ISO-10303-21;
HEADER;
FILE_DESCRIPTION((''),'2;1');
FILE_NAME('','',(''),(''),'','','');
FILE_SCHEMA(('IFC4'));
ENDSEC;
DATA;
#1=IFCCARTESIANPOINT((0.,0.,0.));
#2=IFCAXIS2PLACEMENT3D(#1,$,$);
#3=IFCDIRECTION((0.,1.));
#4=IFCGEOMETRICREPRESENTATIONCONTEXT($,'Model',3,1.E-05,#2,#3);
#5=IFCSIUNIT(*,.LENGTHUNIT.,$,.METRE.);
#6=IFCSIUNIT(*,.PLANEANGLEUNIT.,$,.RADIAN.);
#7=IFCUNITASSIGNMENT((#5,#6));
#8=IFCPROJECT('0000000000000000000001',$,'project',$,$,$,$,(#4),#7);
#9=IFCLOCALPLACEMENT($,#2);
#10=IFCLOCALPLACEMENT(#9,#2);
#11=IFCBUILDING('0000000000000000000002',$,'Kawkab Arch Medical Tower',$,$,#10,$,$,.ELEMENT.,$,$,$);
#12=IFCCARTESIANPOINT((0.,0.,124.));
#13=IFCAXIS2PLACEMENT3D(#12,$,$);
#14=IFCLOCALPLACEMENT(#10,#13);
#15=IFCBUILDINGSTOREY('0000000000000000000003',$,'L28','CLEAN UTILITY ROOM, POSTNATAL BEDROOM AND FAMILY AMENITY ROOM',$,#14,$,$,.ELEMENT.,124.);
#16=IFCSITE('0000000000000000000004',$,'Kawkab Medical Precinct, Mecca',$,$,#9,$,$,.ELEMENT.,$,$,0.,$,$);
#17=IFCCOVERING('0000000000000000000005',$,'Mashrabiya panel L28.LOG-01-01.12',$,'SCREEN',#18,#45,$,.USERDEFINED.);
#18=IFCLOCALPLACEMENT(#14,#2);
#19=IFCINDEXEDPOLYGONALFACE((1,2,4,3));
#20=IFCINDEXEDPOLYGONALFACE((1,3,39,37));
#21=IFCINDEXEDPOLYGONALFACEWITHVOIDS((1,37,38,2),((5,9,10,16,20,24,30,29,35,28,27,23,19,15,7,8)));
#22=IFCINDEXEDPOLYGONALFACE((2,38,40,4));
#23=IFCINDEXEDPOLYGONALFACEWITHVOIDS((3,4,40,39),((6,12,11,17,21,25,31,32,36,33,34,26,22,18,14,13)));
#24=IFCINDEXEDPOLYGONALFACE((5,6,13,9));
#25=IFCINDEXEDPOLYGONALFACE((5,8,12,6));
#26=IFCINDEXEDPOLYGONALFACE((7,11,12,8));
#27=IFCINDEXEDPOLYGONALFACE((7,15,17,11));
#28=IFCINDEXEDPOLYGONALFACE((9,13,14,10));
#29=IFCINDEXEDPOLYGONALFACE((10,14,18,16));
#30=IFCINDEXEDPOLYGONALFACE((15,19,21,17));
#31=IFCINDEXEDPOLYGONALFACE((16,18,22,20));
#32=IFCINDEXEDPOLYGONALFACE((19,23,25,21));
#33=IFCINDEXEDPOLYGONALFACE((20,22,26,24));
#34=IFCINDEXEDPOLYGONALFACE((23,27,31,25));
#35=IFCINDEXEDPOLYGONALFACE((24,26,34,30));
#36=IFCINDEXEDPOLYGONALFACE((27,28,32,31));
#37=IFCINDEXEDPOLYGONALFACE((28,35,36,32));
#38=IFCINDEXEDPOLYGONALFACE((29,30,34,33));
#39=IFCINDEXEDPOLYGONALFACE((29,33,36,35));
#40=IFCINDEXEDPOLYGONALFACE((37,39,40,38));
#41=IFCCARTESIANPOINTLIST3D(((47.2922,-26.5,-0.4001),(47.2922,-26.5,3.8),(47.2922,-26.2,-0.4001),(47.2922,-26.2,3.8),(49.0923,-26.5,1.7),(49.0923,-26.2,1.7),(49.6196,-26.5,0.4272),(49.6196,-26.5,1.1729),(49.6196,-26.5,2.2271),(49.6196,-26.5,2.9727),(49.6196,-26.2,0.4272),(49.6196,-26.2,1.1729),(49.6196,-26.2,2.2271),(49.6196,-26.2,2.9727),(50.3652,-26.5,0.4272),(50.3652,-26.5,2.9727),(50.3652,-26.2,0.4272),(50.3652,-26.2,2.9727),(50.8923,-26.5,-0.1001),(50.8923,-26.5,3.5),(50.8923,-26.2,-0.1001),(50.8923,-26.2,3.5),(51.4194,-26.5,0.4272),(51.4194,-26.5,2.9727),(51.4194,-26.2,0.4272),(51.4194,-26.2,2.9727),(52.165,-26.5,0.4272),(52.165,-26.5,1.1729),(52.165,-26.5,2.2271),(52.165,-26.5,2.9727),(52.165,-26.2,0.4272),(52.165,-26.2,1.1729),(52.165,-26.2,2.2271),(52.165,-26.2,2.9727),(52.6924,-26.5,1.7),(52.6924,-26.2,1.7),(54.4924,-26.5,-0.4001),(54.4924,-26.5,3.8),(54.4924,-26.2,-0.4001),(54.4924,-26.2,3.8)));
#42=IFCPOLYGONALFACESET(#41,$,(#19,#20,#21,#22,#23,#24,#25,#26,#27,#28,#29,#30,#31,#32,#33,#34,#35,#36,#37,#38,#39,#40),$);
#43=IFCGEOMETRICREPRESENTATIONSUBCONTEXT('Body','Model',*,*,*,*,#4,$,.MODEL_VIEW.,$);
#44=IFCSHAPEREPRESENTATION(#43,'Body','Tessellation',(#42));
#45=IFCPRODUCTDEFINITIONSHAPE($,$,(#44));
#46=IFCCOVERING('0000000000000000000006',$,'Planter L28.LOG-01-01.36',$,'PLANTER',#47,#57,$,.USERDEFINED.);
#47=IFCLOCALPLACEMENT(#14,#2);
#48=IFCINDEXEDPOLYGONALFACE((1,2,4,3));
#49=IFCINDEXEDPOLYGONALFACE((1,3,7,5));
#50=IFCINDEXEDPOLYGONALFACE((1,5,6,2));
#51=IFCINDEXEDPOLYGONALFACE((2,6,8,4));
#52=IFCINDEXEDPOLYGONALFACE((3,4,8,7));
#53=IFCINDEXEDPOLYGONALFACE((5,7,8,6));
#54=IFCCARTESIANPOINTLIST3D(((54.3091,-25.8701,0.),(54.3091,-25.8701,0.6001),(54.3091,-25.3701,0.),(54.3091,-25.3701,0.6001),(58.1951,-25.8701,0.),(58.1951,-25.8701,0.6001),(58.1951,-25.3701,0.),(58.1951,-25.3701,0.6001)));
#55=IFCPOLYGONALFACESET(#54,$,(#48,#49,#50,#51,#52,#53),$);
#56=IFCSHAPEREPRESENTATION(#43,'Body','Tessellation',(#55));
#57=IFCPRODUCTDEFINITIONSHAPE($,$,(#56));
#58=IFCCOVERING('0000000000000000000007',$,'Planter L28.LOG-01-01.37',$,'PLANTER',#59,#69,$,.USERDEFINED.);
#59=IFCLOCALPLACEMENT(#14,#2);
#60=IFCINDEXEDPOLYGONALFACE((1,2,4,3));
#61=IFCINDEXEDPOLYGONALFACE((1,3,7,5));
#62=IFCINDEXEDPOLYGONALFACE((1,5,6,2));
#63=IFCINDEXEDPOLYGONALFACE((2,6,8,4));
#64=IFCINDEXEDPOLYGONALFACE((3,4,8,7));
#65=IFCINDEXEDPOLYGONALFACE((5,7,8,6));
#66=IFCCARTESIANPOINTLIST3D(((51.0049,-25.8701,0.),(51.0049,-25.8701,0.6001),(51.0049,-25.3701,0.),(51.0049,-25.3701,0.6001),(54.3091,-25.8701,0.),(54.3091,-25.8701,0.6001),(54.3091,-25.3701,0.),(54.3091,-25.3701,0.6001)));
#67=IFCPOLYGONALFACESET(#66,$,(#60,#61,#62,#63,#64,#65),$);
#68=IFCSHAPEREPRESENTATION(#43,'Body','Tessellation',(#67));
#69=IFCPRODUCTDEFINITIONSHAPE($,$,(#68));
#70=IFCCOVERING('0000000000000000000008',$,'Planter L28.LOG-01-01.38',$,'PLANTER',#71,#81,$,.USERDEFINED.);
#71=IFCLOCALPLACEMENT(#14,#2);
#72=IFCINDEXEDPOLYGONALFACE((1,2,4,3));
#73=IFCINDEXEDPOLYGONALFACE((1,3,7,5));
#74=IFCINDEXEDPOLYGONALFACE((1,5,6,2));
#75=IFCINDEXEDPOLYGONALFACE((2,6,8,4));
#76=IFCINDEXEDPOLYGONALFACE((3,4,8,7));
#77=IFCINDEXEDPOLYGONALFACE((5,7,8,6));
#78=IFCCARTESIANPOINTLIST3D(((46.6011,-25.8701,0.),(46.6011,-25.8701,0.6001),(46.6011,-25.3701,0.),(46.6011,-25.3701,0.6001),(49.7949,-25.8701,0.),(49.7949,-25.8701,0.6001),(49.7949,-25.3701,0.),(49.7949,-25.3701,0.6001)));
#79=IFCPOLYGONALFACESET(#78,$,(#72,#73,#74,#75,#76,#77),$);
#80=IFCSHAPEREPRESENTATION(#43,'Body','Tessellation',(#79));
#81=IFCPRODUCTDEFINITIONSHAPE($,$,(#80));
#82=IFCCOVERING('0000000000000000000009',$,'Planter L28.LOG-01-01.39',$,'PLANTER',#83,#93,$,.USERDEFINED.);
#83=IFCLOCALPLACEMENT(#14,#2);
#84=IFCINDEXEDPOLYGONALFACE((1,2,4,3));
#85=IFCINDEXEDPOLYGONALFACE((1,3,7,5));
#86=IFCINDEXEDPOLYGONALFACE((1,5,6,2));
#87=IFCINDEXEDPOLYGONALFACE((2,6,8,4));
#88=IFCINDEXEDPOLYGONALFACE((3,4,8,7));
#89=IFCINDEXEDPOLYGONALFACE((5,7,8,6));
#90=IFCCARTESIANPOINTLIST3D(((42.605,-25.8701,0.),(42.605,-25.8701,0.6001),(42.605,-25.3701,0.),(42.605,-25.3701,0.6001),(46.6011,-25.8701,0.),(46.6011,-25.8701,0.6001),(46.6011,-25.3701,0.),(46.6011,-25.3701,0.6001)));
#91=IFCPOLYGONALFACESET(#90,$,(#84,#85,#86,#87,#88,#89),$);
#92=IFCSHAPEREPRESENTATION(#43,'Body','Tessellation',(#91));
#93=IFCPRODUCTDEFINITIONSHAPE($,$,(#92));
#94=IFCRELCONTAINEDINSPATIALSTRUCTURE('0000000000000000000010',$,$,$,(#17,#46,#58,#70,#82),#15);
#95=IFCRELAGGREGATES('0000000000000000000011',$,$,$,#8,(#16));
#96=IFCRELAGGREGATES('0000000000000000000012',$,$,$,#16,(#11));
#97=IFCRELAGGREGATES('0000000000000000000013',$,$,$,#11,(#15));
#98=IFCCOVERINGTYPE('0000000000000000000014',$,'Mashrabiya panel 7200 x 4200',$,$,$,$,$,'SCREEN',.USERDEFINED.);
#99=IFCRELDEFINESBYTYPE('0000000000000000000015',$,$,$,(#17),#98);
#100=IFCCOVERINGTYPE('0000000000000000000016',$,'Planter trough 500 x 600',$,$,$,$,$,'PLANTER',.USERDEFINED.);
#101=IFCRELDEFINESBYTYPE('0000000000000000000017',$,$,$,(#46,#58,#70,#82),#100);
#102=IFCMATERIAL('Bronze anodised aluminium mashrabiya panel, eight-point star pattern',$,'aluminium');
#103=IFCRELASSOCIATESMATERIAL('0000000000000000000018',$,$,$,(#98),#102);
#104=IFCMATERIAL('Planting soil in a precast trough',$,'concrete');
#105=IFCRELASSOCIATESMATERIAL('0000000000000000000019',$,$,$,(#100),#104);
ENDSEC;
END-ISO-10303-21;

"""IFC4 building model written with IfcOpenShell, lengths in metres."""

from ifc_helpers import new_model, si_unit, direction, frame, origin, origin_2d, place, context, subcontext, project, spatial, polyline, rectangle, outline, extrude, material, material_profile, profile_set, type_object, element, save


model = new_model("IFC4")

# Units and contexts
model_context = context("Model", 3, precision=1e-05, world=origin(), true_north=direction((0.0, 1.0)))
body_context = subcontext(model_context, "Body", "Model", "MODEL_VIEW")
ifc_project = project(units=[si_unit("LENGTHUNIT", "METRE"), si_unit("PLANEANGLEUNIT", "RADIAN")], contexts=[model_context])

# Site, building, storey
site_placement = place(None, origin())
site = spatial("IfcSite", under=ifc_project, at=site_placement, Name="Kawkab Medical Precinct, Mecca", CompositionType="ELEMENT", RefElevation=0.0)
building_placement = place(site_placement, origin())
building = spatial("IfcBuilding", under=site, at=building_placement, Name="Kawkab Arch Medical Tower", CompositionType="ELEMENT")
storey_placement = place(building_placement, frame((0.0, 0.0, 124.0)))
storey = spatial("IfcBuildingStorey", under=building, at=storey_placement, Name="L28", Description="CLEAN UTILITY ROOM, POSTNATAL BEDROOM AND FAMILY AMENITY ROOM", CompositionType="ELEMENT", Elevation=124.0)

# Coverings
ifc_material_1 = material(Name="Bronze anodised aluminium mashrabiya panel, eight-point star pattern", Category="aluminium")
ifc_material_profile_1 = material_profile(ifc_material_1, outline(polyline([(-3.6001, -2.1001), (3.6001, -2.1001), (3.6001, 2.1001), (-3.6001, 2.1001), (-3.6001, -2.1001)]), holes=[polyline([(1.8, 0.0), (1.2727, 0.5271), (1.2727, 1.2727), (0.5271, 1.2727), (0.0, 1.8), (-0.5271, 1.2727), (-1.2727, 1.2727), (-1.2727, 0.5271), (-1.8, 0.0), (-1.2727, -0.5271), (-1.2727, -1.2727), (-0.5271, -1.2727), (0.0, -1.8), (0.5271, -1.2727), (1.2727, -1.2727), (1.2727, -0.5271), (1.8, 0.0)])]), Name="Mashrabiya panel 7200x4200")
ifc_profile_set_1 = profile_set([ifc_material_profile_1], Name="Bronze anodised aluminium mashrabiya panel, eight-point star pattern")
covering_type_1 = type_object("IfcCoveringType", Name="Mashrabiya panel 7200 x 4200", ElementType="SCREEN", PredefinedType="USERDEFINED", material=ifc_profile_set_1)
covering_1_placement = place(storey_placement, frame((50.8923, -26.2, 1.7), z_axis=(0.0, -1.0, 0.0), x_axis=(1.0, 0.0, 0.0)))
element("IfcCovering", 1, at=covering_1_placement, inside=storey, type_object=covering_type_1, Name="Mashrabiya panel L28.LOG-01-01.12", ObjectType="SCREEN", PredefinedType="USERDEFINED", context=body_context, shape_type="SweptSolid", body=[
    extrude(outline(polyline([(-3.6001, -2.1001), (3.6001, -2.1001), (3.6001, 2.1001), (-3.6001, 2.1001), (-3.6001, -2.1001)]), holes=[polyline([(1.8, 0.0), (1.2727, 0.5271), (1.2727, 1.2727), (0.5271, 1.2727), (0.0, 1.8), (-0.5271, 1.2727), (-1.2727, 1.2727), (-1.2727, 0.5271), (-1.8, 0.0), (-1.2727, -0.5271), (-1.2727, -1.2727), (-0.5271, -1.2727), (0.0, -1.8), (0.5271, -1.2727), (1.2727, -1.2727), (1.2727, -0.5271), (1.8, 0.0)])]), origin(), (0.0, 0.0, 1.0), 0.3),
])
ifc_material_2 = material(Name="Planting soil in a precast trough", Category="concrete")
ifc_material_profile_2 = material_profile(ifc_material_2, rectangle(XDim=0.5, YDim=0.6001, at=origin_2d()), Name="Trough 500x600")
ifc_profile_set_2 = profile_set([ifc_material_profile_2], Name="Planting soil in a precast trough")
covering_type_2 = type_object("IfcCoveringType", Name="Planter trough 500 x 600", ElementType="PLANTER", PredefinedType="USERDEFINED", material=ifc_profile_set_2)
covering_2_placement = place(storey_placement, frame((58.1951, -25.6201, 0.3), z_axis=(-1.0, 0.0, 0.0), x_axis=(0.0, -1.0, 0.0)))
element("IfcCovering", 2, at=covering_2_placement, inside=storey, type_object=covering_type_2, Name="Planter L28.LOG-01-01.36", ObjectType="PLANTER", PredefinedType="USERDEFINED", context=body_context, shape_type="SweptSolid", body=[
    extrude(rectangle(XDim=0.5, YDim=0.6001, at=origin_2d()), origin(), (0.0, 0.0, 1.0), 3.886),
])
covering_3_placement = place(storey_placement, frame((54.3091, -25.6201, 0.3), z_axis=(-1.0, 0.0, 0.0), x_axis=(0.0, -1.0, 0.0)))
element("IfcCovering", 3, at=covering_3_placement, inside=storey, type_object=covering_type_2, Name="Planter L28.LOG-01-01.37", ObjectType="PLANTER", PredefinedType="USERDEFINED", context=body_context, shape_type="SweptSolid", body=[
    extrude(rectangle(XDim=0.5, YDim=0.6001, at=origin_2d()), origin(), (0.0, 0.0, 1.0), 3.3042),
])
covering_4_placement = place(storey_placement, frame((49.7949, -25.6201, 0.3), z_axis=(-1.0, 0.0, 0.0), x_axis=(0.0, -1.0, 0.0)))
element("IfcCovering", 4, at=covering_4_placement, inside=storey, type_object=covering_type_2, Name="Planter L28.LOG-01-01.38", ObjectType="PLANTER", PredefinedType="USERDEFINED", context=body_context, shape_type="SweptSolid", body=[
    extrude(rectangle(XDim=0.5, YDim=0.6001, at=origin_2d()), origin(), (0.0, 0.0, 1.0), 3.1938),
])
covering_5_placement = place(storey_placement, frame((46.6011, -25.6201, 0.3), z_axis=(-1.0, 0.0, 0.0), x_axis=(0.0, -1.0, 0.0)))
element("IfcCovering", 5, at=covering_5_placement, inside=storey, type_object=covering_type_2, Name="Planter L28.LOG-01-01.39", ObjectType="PLANTER", PredefinedType="USERDEFINED", context=body_context, shape_type="SweptSolid", body=[
    extrude(rectangle(XDim=0.5, YDim=0.6001, at=origin_2d()), origin(), (0.0, 0.0, 1.0), 3.9961),
])

save(model, "model.ifc")
